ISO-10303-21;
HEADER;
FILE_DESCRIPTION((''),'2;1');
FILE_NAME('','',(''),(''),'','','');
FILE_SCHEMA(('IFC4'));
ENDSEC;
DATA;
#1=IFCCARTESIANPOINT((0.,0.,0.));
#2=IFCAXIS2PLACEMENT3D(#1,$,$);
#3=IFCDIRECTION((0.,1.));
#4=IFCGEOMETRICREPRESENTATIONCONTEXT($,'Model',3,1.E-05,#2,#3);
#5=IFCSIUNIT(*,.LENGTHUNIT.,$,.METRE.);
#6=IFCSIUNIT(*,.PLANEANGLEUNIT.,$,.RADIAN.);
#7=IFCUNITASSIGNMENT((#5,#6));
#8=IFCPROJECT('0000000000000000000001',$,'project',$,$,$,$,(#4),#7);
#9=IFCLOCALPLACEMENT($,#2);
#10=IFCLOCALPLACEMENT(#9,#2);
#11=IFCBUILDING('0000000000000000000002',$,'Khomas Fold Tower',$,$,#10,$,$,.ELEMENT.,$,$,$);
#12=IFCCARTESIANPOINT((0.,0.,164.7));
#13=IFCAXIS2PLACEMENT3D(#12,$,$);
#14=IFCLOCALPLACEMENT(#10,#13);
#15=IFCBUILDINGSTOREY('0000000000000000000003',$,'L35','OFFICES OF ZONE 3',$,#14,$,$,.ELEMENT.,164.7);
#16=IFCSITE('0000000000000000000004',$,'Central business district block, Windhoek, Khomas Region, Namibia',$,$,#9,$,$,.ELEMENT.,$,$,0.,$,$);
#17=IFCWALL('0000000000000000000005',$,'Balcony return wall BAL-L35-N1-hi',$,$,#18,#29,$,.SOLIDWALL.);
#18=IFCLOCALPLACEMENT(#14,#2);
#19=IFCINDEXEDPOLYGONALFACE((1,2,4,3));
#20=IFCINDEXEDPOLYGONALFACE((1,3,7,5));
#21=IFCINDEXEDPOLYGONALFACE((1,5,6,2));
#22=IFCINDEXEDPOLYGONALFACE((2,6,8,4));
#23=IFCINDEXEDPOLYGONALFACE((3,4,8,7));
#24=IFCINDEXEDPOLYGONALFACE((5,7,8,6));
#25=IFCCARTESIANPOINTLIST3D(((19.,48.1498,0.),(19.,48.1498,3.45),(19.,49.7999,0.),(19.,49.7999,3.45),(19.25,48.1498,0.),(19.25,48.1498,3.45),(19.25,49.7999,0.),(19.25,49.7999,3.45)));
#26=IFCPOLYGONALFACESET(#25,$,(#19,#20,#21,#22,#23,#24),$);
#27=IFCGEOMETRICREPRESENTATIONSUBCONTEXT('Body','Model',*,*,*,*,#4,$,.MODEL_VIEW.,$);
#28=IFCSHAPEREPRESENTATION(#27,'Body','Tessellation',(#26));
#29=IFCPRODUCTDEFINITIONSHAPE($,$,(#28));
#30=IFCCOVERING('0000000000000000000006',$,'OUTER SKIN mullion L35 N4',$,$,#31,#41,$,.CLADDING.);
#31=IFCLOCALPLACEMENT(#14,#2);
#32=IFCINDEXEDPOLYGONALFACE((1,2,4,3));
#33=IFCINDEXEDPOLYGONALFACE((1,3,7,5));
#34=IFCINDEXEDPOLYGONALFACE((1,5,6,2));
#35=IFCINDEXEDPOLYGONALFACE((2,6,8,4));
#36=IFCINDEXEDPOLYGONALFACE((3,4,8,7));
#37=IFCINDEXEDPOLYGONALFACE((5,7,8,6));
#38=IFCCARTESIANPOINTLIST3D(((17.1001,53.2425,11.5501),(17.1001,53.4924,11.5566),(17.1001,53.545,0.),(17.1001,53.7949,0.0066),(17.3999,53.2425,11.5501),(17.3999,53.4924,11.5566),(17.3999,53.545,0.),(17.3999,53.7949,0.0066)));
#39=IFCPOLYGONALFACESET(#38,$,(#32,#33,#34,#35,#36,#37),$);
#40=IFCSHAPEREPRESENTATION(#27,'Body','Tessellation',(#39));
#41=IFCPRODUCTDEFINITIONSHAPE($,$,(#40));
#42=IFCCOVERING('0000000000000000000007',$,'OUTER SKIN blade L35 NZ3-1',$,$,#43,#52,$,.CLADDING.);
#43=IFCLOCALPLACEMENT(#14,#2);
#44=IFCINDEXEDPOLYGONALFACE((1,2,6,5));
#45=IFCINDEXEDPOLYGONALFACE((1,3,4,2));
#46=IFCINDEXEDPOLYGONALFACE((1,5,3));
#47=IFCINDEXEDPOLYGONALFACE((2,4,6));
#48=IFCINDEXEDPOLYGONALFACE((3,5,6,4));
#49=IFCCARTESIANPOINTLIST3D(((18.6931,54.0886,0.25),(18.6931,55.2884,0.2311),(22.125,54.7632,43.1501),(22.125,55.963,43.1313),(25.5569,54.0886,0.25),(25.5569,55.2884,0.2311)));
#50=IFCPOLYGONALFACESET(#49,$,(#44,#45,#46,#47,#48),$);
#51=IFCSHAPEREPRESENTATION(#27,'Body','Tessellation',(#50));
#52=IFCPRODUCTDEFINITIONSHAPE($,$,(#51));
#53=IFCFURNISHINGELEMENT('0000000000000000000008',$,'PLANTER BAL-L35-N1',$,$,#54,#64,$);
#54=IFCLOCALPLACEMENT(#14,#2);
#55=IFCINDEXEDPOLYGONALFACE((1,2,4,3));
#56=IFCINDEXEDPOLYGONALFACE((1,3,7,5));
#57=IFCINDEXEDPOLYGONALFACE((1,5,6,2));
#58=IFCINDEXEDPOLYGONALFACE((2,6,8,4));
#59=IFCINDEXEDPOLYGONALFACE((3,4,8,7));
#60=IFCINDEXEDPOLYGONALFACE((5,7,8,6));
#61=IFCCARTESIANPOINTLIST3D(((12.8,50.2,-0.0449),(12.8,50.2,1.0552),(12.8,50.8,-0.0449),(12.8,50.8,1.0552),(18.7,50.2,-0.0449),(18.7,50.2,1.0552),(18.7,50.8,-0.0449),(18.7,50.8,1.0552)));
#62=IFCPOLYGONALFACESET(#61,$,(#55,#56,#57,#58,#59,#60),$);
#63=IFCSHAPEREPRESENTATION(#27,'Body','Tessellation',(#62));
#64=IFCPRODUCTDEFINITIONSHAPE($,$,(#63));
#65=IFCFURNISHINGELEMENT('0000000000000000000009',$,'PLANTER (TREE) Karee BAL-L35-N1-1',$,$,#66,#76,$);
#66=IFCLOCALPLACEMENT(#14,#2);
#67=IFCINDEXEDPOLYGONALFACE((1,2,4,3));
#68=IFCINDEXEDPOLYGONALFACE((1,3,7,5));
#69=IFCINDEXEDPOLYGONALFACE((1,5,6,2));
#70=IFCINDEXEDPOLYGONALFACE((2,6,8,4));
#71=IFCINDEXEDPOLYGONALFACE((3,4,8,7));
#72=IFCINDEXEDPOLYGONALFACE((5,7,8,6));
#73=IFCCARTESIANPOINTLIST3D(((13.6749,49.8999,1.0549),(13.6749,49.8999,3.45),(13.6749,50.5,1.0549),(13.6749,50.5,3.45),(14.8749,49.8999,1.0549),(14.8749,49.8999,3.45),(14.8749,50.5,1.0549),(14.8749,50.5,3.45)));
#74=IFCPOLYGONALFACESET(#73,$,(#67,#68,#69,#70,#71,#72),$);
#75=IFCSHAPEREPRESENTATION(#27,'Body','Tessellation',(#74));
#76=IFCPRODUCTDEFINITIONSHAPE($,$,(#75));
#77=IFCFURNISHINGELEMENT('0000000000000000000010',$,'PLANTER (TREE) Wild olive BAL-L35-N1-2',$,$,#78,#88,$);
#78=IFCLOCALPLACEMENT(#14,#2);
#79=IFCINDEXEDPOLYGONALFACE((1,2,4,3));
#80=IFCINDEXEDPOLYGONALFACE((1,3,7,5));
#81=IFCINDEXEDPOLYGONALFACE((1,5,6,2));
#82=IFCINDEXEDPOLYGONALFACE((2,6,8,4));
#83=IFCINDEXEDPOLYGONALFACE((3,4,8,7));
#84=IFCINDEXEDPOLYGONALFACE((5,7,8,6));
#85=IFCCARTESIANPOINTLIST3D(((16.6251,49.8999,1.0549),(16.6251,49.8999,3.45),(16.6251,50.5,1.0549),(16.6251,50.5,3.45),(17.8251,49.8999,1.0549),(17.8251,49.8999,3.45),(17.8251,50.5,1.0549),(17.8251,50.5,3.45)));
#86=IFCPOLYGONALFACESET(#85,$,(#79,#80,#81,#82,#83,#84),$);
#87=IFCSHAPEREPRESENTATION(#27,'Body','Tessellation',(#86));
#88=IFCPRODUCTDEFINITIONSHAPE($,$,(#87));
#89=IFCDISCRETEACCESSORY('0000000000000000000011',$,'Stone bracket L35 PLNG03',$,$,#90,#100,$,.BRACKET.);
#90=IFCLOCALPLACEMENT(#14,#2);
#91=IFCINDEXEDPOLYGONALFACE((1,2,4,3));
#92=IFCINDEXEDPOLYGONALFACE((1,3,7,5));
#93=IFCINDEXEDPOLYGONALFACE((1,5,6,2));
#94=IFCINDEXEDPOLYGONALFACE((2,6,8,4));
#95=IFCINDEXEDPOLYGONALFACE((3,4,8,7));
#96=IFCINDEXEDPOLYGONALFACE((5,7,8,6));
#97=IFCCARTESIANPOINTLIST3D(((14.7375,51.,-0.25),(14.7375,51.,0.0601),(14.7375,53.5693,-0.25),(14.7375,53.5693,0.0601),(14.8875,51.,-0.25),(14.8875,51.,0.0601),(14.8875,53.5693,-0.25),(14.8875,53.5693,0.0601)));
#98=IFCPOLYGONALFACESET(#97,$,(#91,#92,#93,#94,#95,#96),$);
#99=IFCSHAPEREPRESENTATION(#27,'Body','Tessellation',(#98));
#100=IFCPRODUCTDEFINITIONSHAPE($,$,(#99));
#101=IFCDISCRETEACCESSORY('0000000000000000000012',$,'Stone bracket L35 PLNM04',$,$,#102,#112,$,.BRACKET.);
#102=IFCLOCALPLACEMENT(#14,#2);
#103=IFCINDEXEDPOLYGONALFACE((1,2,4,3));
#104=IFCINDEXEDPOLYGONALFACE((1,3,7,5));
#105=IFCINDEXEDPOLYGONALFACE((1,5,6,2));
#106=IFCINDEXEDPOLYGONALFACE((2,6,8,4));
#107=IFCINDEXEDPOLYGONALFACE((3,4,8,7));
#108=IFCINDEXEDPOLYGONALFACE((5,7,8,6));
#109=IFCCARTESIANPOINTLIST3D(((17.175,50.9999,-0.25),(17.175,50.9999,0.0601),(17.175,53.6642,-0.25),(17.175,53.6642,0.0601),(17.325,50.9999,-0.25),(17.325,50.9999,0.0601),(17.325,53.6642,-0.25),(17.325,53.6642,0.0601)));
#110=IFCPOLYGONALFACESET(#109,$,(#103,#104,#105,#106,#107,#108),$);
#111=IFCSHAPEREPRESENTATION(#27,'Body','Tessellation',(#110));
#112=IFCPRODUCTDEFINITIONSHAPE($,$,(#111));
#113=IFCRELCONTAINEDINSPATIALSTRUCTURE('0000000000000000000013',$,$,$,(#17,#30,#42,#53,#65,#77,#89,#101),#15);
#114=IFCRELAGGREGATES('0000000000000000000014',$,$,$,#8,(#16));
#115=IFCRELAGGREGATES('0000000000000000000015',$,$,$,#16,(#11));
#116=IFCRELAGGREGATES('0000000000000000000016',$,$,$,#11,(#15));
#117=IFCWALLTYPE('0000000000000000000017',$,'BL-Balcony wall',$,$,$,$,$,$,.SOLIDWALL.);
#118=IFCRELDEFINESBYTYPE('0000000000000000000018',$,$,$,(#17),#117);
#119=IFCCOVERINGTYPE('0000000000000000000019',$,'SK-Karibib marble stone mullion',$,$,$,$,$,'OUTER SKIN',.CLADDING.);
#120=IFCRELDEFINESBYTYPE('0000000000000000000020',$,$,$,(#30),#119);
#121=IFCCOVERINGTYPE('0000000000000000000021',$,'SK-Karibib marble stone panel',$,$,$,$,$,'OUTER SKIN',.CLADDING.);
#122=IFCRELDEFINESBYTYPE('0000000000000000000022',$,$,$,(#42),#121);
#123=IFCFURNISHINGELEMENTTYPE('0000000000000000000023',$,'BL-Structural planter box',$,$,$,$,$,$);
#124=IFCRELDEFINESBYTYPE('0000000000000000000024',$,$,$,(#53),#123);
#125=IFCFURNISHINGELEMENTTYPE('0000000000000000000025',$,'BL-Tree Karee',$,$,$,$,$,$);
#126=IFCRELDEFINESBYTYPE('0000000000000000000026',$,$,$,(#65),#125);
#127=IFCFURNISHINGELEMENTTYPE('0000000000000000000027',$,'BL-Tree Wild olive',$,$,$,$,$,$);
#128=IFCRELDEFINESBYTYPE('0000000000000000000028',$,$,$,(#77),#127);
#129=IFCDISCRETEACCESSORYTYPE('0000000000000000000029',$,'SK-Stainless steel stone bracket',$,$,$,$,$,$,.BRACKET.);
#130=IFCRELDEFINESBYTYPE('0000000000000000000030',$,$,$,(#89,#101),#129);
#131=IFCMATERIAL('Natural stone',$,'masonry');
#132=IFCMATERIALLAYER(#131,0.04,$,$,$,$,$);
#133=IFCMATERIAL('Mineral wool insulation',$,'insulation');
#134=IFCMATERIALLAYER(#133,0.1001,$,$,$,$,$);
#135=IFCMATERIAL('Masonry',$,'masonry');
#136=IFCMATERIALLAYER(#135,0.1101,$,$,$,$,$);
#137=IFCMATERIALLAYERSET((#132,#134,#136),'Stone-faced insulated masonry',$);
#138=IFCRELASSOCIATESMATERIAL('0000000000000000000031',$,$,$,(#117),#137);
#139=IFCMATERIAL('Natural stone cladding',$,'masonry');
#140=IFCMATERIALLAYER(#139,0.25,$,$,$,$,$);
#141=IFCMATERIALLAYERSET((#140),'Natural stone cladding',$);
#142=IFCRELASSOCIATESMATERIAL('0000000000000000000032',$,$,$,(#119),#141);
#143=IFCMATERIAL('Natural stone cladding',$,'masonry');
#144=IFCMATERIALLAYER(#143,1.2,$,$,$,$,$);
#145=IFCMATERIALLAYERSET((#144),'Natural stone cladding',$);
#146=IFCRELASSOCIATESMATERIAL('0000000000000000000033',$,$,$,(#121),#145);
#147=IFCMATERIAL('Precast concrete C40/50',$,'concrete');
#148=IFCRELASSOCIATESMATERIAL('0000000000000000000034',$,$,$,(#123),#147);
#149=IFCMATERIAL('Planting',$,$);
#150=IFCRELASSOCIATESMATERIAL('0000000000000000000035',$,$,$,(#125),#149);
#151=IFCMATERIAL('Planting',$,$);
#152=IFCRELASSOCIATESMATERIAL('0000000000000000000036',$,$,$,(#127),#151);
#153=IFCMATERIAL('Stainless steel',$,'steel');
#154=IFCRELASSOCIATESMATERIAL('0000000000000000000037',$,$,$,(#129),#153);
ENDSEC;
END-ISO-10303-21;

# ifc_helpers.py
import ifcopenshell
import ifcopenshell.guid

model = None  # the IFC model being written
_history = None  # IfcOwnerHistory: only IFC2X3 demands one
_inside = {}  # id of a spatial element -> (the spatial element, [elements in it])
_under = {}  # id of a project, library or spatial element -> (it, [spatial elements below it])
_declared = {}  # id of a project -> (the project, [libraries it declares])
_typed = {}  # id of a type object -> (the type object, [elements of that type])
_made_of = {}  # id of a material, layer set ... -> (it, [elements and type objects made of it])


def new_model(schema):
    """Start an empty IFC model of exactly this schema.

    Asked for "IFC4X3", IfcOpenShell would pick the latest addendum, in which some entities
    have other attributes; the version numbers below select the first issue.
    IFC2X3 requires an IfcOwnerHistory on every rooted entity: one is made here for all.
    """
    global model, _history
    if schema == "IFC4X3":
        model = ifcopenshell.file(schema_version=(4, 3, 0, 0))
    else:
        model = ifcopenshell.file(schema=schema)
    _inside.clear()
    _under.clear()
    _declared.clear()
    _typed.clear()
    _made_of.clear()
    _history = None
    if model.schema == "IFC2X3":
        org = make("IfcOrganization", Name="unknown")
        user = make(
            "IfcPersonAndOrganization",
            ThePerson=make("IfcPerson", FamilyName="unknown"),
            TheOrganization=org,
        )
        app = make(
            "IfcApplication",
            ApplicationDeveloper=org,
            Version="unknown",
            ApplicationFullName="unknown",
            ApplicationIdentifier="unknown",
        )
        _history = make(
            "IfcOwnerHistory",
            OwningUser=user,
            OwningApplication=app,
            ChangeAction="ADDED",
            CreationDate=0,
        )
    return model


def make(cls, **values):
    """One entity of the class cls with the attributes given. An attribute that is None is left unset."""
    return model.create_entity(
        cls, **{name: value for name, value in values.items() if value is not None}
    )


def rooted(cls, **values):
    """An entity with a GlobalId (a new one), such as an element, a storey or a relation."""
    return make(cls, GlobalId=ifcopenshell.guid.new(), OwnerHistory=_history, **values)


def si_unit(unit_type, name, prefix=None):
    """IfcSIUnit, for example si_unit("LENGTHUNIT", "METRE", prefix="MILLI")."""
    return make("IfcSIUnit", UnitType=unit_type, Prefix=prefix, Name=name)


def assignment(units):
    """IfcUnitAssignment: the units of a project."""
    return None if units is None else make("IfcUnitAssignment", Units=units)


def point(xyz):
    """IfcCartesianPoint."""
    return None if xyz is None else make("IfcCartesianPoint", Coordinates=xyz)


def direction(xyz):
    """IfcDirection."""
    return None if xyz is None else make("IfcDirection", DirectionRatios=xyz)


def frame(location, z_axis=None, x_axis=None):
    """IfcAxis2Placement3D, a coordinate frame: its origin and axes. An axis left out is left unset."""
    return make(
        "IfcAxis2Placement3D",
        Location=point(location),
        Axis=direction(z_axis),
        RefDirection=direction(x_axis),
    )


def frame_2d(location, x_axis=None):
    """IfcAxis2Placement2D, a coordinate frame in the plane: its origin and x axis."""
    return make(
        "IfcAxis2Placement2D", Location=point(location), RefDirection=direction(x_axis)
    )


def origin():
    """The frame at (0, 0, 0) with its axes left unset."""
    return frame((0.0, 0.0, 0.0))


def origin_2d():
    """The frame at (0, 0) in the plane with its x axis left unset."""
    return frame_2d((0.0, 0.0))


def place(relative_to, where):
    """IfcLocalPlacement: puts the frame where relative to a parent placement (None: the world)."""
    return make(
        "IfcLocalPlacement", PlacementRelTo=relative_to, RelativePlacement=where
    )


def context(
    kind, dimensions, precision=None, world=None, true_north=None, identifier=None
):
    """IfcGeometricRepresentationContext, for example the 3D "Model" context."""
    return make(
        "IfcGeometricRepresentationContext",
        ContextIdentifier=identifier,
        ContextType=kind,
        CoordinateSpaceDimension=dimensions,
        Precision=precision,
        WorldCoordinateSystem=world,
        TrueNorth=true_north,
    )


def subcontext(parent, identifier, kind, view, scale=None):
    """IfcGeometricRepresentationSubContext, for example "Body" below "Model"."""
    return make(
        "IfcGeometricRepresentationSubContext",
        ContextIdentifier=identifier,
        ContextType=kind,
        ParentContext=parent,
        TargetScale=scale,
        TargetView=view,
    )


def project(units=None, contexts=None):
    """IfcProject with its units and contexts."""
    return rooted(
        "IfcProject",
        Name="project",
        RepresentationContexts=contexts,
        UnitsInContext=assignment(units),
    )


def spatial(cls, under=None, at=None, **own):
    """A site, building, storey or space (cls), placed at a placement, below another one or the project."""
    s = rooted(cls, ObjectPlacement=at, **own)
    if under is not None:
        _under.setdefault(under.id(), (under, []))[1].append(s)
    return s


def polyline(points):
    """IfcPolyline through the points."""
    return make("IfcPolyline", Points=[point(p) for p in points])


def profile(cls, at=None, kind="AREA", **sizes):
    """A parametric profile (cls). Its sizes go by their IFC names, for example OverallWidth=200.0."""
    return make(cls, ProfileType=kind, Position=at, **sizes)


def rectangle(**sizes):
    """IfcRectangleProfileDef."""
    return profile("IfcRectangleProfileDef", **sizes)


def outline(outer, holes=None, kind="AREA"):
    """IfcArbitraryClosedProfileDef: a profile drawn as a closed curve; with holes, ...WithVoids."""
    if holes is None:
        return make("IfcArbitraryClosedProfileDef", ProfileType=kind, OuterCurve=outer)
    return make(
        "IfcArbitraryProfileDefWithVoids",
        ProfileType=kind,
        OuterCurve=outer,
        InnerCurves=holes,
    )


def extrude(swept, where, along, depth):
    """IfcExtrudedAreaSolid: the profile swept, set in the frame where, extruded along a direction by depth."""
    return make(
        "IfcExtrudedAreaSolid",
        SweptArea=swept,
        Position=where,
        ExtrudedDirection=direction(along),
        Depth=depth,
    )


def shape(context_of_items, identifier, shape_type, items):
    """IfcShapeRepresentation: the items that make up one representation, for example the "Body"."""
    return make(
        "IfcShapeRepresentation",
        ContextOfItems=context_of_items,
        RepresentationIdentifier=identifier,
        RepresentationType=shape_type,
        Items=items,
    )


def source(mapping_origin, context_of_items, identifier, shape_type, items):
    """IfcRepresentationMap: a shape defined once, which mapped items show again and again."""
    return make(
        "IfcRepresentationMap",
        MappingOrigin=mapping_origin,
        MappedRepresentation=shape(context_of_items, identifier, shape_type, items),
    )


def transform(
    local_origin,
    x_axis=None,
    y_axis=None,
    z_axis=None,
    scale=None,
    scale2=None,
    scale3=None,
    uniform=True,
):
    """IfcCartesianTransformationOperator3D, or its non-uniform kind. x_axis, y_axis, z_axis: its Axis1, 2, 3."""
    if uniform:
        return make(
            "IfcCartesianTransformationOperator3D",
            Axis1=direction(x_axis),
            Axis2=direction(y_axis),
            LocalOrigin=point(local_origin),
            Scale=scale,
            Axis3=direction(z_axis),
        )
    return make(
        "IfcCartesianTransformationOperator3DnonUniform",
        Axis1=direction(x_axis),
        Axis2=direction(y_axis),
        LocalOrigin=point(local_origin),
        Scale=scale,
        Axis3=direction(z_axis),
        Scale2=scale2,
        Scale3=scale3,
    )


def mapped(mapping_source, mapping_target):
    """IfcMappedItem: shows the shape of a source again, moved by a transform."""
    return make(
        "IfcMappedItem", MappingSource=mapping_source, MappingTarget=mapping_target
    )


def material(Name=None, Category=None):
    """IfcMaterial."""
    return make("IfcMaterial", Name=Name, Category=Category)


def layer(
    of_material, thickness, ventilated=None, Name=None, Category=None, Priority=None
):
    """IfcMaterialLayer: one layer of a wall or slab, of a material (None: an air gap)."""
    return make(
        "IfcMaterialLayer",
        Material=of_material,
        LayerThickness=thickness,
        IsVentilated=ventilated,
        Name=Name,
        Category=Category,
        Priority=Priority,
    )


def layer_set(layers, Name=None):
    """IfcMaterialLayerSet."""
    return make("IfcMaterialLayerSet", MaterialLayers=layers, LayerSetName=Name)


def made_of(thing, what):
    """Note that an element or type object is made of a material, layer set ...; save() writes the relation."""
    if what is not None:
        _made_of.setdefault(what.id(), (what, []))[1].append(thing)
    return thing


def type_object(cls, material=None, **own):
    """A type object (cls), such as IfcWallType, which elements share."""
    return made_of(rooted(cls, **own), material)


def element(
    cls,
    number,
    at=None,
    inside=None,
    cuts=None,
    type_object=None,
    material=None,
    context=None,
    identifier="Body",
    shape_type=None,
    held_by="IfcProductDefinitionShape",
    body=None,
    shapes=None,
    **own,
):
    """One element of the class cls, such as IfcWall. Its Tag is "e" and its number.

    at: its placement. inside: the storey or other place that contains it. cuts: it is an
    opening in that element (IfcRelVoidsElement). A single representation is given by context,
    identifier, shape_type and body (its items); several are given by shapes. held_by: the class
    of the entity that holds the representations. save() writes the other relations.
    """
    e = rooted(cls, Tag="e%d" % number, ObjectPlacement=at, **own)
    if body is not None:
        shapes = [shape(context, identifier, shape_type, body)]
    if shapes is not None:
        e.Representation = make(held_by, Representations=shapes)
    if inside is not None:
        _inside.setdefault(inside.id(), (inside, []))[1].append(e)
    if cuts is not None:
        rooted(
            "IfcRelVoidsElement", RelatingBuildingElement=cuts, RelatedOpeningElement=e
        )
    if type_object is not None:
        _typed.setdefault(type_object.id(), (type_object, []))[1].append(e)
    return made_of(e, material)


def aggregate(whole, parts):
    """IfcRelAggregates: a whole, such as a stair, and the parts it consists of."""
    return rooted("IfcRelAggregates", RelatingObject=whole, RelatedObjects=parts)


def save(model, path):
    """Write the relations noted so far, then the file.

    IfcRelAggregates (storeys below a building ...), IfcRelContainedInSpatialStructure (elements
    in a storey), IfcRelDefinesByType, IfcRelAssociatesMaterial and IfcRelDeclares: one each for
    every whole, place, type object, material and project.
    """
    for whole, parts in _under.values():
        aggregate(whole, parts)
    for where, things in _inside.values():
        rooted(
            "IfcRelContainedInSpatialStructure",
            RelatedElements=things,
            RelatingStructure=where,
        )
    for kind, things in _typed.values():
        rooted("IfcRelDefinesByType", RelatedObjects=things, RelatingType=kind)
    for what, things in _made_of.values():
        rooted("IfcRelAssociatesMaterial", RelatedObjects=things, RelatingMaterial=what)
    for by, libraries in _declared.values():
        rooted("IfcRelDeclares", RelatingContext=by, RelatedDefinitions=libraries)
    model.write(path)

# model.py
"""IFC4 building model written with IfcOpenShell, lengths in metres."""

from ifc_helpers import new_model, si_unit, direction, frame, frame_2d, origin, origin_2d, place, context, subcontext, project, spatial, polyline, rectangle, outline, extrude, source, transform, mapped, material, layer, layer_set, type_object, element, save


model = new_model("IFC4")

# Units and contexts
model_context = context("Model", 3, precision=1e-05, world=origin(), true_north=direction((0.0, 1.0)))
body_context = subcontext(model_context, "Body", "Model", "MODEL_VIEW")
ifc_project = project(units=[si_unit("LENGTHUNIT", "METRE"), si_unit("PLANEANGLEUNIT", "RADIAN")], contexts=[model_context])

# Site, building, storey
site_placement = place(None, origin())
site = spatial("IfcSite", under=ifc_project, at=site_placement, Name="Central business district block, Windhoek, Khomas Region, Namibia", CompositionType="ELEMENT", RefElevation=0.0)
building_placement = place(site_placement, origin())
building = spatial("IfcBuilding", under=site, at=building_placement, Name="Khomas Fold Tower", CompositionType="ELEMENT")
storey_placement = place(building_placement, frame((0.0, 0.0, 164.7)))
storey = spatial("IfcBuildingStorey", under=building, at=storey_placement, Name="L35", Description="OFFICES OF ZONE 3", CompositionType="ELEMENT", Elevation=164.7)

# Shared definitions
ifc_material_1 = material(Name="Natural stone", Category="masonry")
ifc_layer_1 = layer(ifc_material_1, 0.04)
ifc_material_2 = material(Name="Mineral wool insulation", Category="insulation")
ifc_layer_2 = layer(ifc_material_2, 0.1001)
ifc_material_3 = material(Name="Masonry", Category="masonry")
ifc_layer_3 = layer(ifc_material_3, 0.1101)
ifc_layer_set_1 = layer_set([ifc_layer_1, ifc_layer_2, ifc_layer_3], Name="Stone-faced insulated masonry")
wall_type = type_object("IfcWallType", Name="BL-Balcony wall", PredefinedType="SOLIDWALL", material=ifc_layer_set_1)

# Wall
shared_shape_1 = source(origin(), body_context, "Body", "SweptSolid", [
    extrude(rectangle(XDim=1.6501, YDim=0.25, at=frame_2d((0.8252, 0.0))), origin(), (0.0, 0.0, 1.0), 3.45),
])
wall_1_placement = place(storey_placement, frame((19.125, 49.8, 0.0), z_axis=(0.0, 0.0, 1.0), x_axis=(0.0, -1.0, 0.0)))
element("IfcWall", 1, at=wall_1_placement, inside=storey, type_object=wall_type, Name="Balcony return wall BAL-L35-N1-hi", PredefinedType="SOLIDWALL", context=body_context, shape_type="MappedRepresentation", body=[
    mapped(shared_shape_1, transform((0.0, 0.0, 0.0))),
])

# Coverings
ifc_material_4 = material(Name="Natural stone cladding", Category="masonry")
ifc_layer_4 = layer(ifc_material_4, 0.25)
ifc_layer_set_2 = layer_set([ifc_layer_4], Name="Natural stone cladding")
covering_type_1 = type_object("IfcCoveringType", Name="SK-Karibib marble stone mullion", ElementType="OUTER SKIN", PredefinedType="CLADDING", material=ifc_layer_set_2)
covering_1_placement = place(storey_placement, frame((17.1001, 53.7949, 0.0066), z_axis=(0.0, 0.999657, 0.026181), x_axis=(1.0, 0.0, 0.0)))
element("IfcCovering", 2, at=covering_1_placement, inside=storey, type_object=covering_type_1, Name="OUTER SKIN mullion L35 N4", PredefinedType="CLADDING", context=body_context, shape_type="SweptSolid", body=[
    extrude(outline(polyline([(0.0, 0.0), (0.2998, 0.0), (0.2998, -11.554), (0.0, -11.554), (0.0, 0.0)])), origin(), (0.0, 0.0, -1.0), 0.25),
])
ifc_material_5 = material(Name="Natural stone cladding", Category="masonry")
ifc_layer_5 = layer(ifc_material_5, 1.2)
ifc_layer_set_3 = layer_set([ifc_layer_5], Name="Natural stone cladding")
covering_type_2 = type_object("IfcCoveringType", Name="SK-Karibib marble stone panel", ElementType="OUTER SKIN", PredefinedType="CLADDING", material=ifc_layer_set_3)
covering_2_placement = place(storey_placement, frame((18.6931, 54.0886, 0.25), z_axis=(0.0, -0.999876, 0.015722), x_axis=(1.0, 0.0, 0.0)))
element("IfcCovering", 3, at=covering_2_placement, inside=storey, type_object=covering_type_2, Name="OUTER SKIN blade L35 NZ3-1", PredefinedType="CLADDING", context=body_context, shape_type="SweptSolid", body=[
    extrude(outline(polyline([(0.0, 0.0), (6.8638, 0.0), (3.4319, 42.9054), (0.0, 0.0)])), origin(), (0.0, 0.0, -1.0), 1.2),
])

# Furnishing elements
ifc_material_6 = material(Name="Precast concrete C40/50", Category="concrete")
furnishing_element_type_1 = type_object("IfcFurnishingElementType", Name="BL-Structural planter box", material=ifc_material_6)
shared_shape_2 = source(origin(), body_context, "Body", "SweptSolid", [
    extrude(rectangle(XDim=5.8999, YDim=0.6001, at=origin_2d()), origin(), (0.0, 0.0, 1.0), 1.1001),
])
furnishing_1_placement = place(storey_placement, frame((15.75, 50.5, -0.0449), z_axis=(0.0, 0.0, 1.0), x_axis=(1.0, 0.0, 0.0)))
element("IfcFurnishingElement", 4, at=furnishing_1_placement, inside=storey, type_object=furnishing_element_type_1, Name="PLANTER BAL-L35-N1", context=body_context, shape_type="MappedRepresentation", body=[
    mapped(shared_shape_2, transform((0.0, 0.0, 0.0))),
])
ifc_material_7 = material(Name="Planting")
furnishing_element_type_2 = type_object("IfcFurnishingElementType", Name="BL-Tree Karee", material=ifc_material_7)
shared_shape_3 = source(origin(), body_context, "Body", "SweptSolid", [
    extrude(rectangle(XDim=1.2, YDim=0.6001, at=origin_2d()), origin(), (0.0, 0.0, 1.0), 2.395),
])
furnishing_2_placement = place(storey_placement, frame((14.2749, 50.2, 1.0549), z_axis=(0.0, 0.0, 1.0), x_axis=(1.0, 0.0, 0.0)))
element("IfcFurnishingElement", 5, at=furnishing_2_placement, inside=storey, type_object=furnishing_element_type_2, Name="PLANTER (TREE) Karee BAL-L35-N1-1", context=body_context, shape_type="MappedRepresentation", body=[
    mapped(shared_shape_3, transform((0.0, 0.0, 0.0))),
])
ifc_material_8 = material(Name="Planting")
furnishing_element_type_3 = type_object("IfcFurnishingElementType", Name="BL-Tree Wild olive", material=ifc_material_8)
furnishing_3_placement = place(storey_placement, frame((17.2251, 50.2, 1.0549), z_axis=(0.0, 0.0, 1.0), x_axis=(1.0, 0.0, 0.0)))
element("IfcFurnishingElement", 6, at=furnishing_3_placement, inside=storey, type_object=furnishing_element_type_3, Name="PLANTER (TREE) Wild olive BAL-L35-N1-2", context=body_context, shape_type="MappedRepresentation", body=[
    mapped(shared_shape_3, transform((0.0, 0.0, 0.0))),
])

# Discrete accessories
ifc_material_9 = material(Name="Stainless steel", Category="steel")
discrete_accessory_type = type_object("IfcDiscreteAccessoryType", Name="SK-Stainless steel stone bracket", PredefinedType="BRACKET", material=ifc_material_9)
shared_shape_4 = source(origin(), body_context, "Body", "SweptSolid", [
    extrude(rectangle(XDim=2.5693, YDim=0.1499, at=origin_2d()), origin(), (0.0, 0.0, 1.0), 0.3101),
])
discrete_accessory_1_placement = place(storey_placement, frame((14.8125, 52.2847, -0.25), z_axis=(0.0, 0.0, 1.0), x_axis=(0.0, 1.0, 0.0)))
element("IfcDiscreteAccessory", 7, at=discrete_accessory_1_placement, inside=storey, type_object=discrete_accessory_type, Name="Stone bracket L35 PLNG03", PredefinedType="BRACKET", context=body_context, shape_type="MappedRepresentation", body=[
    mapped(shared_shape_4, transform((0.0, 0.0, 0.0))),
])
shared_shape_5 = source(origin(), body_context, "Body", "SweptSolid", [
    extrude(rectangle(XDim=2.6643, YDim=0.1499, at=origin_2d()), origin(), (0.0, 0.0, 1.0), 0.3101),
])
discrete_accessory_2_placement = place(storey_placement, frame((17.25, 52.332, -0.25), z_axis=(0.0, 0.0, 1.0), x_axis=(0.0, 1.0, 0.0)))
element("IfcDiscreteAccessory", 8, at=discrete_accessory_2_placement, inside=storey, type_object=discrete_accessory_type, Name="Stone bracket L35 PLNM04", PredefinedType="BRACKET", context=body_context, shape_type="MappedRepresentation", body=[
    mapped(shared_shape_5, transform((0.0, 0.0, 0.0))),
])

save(model, "model.ifc")
